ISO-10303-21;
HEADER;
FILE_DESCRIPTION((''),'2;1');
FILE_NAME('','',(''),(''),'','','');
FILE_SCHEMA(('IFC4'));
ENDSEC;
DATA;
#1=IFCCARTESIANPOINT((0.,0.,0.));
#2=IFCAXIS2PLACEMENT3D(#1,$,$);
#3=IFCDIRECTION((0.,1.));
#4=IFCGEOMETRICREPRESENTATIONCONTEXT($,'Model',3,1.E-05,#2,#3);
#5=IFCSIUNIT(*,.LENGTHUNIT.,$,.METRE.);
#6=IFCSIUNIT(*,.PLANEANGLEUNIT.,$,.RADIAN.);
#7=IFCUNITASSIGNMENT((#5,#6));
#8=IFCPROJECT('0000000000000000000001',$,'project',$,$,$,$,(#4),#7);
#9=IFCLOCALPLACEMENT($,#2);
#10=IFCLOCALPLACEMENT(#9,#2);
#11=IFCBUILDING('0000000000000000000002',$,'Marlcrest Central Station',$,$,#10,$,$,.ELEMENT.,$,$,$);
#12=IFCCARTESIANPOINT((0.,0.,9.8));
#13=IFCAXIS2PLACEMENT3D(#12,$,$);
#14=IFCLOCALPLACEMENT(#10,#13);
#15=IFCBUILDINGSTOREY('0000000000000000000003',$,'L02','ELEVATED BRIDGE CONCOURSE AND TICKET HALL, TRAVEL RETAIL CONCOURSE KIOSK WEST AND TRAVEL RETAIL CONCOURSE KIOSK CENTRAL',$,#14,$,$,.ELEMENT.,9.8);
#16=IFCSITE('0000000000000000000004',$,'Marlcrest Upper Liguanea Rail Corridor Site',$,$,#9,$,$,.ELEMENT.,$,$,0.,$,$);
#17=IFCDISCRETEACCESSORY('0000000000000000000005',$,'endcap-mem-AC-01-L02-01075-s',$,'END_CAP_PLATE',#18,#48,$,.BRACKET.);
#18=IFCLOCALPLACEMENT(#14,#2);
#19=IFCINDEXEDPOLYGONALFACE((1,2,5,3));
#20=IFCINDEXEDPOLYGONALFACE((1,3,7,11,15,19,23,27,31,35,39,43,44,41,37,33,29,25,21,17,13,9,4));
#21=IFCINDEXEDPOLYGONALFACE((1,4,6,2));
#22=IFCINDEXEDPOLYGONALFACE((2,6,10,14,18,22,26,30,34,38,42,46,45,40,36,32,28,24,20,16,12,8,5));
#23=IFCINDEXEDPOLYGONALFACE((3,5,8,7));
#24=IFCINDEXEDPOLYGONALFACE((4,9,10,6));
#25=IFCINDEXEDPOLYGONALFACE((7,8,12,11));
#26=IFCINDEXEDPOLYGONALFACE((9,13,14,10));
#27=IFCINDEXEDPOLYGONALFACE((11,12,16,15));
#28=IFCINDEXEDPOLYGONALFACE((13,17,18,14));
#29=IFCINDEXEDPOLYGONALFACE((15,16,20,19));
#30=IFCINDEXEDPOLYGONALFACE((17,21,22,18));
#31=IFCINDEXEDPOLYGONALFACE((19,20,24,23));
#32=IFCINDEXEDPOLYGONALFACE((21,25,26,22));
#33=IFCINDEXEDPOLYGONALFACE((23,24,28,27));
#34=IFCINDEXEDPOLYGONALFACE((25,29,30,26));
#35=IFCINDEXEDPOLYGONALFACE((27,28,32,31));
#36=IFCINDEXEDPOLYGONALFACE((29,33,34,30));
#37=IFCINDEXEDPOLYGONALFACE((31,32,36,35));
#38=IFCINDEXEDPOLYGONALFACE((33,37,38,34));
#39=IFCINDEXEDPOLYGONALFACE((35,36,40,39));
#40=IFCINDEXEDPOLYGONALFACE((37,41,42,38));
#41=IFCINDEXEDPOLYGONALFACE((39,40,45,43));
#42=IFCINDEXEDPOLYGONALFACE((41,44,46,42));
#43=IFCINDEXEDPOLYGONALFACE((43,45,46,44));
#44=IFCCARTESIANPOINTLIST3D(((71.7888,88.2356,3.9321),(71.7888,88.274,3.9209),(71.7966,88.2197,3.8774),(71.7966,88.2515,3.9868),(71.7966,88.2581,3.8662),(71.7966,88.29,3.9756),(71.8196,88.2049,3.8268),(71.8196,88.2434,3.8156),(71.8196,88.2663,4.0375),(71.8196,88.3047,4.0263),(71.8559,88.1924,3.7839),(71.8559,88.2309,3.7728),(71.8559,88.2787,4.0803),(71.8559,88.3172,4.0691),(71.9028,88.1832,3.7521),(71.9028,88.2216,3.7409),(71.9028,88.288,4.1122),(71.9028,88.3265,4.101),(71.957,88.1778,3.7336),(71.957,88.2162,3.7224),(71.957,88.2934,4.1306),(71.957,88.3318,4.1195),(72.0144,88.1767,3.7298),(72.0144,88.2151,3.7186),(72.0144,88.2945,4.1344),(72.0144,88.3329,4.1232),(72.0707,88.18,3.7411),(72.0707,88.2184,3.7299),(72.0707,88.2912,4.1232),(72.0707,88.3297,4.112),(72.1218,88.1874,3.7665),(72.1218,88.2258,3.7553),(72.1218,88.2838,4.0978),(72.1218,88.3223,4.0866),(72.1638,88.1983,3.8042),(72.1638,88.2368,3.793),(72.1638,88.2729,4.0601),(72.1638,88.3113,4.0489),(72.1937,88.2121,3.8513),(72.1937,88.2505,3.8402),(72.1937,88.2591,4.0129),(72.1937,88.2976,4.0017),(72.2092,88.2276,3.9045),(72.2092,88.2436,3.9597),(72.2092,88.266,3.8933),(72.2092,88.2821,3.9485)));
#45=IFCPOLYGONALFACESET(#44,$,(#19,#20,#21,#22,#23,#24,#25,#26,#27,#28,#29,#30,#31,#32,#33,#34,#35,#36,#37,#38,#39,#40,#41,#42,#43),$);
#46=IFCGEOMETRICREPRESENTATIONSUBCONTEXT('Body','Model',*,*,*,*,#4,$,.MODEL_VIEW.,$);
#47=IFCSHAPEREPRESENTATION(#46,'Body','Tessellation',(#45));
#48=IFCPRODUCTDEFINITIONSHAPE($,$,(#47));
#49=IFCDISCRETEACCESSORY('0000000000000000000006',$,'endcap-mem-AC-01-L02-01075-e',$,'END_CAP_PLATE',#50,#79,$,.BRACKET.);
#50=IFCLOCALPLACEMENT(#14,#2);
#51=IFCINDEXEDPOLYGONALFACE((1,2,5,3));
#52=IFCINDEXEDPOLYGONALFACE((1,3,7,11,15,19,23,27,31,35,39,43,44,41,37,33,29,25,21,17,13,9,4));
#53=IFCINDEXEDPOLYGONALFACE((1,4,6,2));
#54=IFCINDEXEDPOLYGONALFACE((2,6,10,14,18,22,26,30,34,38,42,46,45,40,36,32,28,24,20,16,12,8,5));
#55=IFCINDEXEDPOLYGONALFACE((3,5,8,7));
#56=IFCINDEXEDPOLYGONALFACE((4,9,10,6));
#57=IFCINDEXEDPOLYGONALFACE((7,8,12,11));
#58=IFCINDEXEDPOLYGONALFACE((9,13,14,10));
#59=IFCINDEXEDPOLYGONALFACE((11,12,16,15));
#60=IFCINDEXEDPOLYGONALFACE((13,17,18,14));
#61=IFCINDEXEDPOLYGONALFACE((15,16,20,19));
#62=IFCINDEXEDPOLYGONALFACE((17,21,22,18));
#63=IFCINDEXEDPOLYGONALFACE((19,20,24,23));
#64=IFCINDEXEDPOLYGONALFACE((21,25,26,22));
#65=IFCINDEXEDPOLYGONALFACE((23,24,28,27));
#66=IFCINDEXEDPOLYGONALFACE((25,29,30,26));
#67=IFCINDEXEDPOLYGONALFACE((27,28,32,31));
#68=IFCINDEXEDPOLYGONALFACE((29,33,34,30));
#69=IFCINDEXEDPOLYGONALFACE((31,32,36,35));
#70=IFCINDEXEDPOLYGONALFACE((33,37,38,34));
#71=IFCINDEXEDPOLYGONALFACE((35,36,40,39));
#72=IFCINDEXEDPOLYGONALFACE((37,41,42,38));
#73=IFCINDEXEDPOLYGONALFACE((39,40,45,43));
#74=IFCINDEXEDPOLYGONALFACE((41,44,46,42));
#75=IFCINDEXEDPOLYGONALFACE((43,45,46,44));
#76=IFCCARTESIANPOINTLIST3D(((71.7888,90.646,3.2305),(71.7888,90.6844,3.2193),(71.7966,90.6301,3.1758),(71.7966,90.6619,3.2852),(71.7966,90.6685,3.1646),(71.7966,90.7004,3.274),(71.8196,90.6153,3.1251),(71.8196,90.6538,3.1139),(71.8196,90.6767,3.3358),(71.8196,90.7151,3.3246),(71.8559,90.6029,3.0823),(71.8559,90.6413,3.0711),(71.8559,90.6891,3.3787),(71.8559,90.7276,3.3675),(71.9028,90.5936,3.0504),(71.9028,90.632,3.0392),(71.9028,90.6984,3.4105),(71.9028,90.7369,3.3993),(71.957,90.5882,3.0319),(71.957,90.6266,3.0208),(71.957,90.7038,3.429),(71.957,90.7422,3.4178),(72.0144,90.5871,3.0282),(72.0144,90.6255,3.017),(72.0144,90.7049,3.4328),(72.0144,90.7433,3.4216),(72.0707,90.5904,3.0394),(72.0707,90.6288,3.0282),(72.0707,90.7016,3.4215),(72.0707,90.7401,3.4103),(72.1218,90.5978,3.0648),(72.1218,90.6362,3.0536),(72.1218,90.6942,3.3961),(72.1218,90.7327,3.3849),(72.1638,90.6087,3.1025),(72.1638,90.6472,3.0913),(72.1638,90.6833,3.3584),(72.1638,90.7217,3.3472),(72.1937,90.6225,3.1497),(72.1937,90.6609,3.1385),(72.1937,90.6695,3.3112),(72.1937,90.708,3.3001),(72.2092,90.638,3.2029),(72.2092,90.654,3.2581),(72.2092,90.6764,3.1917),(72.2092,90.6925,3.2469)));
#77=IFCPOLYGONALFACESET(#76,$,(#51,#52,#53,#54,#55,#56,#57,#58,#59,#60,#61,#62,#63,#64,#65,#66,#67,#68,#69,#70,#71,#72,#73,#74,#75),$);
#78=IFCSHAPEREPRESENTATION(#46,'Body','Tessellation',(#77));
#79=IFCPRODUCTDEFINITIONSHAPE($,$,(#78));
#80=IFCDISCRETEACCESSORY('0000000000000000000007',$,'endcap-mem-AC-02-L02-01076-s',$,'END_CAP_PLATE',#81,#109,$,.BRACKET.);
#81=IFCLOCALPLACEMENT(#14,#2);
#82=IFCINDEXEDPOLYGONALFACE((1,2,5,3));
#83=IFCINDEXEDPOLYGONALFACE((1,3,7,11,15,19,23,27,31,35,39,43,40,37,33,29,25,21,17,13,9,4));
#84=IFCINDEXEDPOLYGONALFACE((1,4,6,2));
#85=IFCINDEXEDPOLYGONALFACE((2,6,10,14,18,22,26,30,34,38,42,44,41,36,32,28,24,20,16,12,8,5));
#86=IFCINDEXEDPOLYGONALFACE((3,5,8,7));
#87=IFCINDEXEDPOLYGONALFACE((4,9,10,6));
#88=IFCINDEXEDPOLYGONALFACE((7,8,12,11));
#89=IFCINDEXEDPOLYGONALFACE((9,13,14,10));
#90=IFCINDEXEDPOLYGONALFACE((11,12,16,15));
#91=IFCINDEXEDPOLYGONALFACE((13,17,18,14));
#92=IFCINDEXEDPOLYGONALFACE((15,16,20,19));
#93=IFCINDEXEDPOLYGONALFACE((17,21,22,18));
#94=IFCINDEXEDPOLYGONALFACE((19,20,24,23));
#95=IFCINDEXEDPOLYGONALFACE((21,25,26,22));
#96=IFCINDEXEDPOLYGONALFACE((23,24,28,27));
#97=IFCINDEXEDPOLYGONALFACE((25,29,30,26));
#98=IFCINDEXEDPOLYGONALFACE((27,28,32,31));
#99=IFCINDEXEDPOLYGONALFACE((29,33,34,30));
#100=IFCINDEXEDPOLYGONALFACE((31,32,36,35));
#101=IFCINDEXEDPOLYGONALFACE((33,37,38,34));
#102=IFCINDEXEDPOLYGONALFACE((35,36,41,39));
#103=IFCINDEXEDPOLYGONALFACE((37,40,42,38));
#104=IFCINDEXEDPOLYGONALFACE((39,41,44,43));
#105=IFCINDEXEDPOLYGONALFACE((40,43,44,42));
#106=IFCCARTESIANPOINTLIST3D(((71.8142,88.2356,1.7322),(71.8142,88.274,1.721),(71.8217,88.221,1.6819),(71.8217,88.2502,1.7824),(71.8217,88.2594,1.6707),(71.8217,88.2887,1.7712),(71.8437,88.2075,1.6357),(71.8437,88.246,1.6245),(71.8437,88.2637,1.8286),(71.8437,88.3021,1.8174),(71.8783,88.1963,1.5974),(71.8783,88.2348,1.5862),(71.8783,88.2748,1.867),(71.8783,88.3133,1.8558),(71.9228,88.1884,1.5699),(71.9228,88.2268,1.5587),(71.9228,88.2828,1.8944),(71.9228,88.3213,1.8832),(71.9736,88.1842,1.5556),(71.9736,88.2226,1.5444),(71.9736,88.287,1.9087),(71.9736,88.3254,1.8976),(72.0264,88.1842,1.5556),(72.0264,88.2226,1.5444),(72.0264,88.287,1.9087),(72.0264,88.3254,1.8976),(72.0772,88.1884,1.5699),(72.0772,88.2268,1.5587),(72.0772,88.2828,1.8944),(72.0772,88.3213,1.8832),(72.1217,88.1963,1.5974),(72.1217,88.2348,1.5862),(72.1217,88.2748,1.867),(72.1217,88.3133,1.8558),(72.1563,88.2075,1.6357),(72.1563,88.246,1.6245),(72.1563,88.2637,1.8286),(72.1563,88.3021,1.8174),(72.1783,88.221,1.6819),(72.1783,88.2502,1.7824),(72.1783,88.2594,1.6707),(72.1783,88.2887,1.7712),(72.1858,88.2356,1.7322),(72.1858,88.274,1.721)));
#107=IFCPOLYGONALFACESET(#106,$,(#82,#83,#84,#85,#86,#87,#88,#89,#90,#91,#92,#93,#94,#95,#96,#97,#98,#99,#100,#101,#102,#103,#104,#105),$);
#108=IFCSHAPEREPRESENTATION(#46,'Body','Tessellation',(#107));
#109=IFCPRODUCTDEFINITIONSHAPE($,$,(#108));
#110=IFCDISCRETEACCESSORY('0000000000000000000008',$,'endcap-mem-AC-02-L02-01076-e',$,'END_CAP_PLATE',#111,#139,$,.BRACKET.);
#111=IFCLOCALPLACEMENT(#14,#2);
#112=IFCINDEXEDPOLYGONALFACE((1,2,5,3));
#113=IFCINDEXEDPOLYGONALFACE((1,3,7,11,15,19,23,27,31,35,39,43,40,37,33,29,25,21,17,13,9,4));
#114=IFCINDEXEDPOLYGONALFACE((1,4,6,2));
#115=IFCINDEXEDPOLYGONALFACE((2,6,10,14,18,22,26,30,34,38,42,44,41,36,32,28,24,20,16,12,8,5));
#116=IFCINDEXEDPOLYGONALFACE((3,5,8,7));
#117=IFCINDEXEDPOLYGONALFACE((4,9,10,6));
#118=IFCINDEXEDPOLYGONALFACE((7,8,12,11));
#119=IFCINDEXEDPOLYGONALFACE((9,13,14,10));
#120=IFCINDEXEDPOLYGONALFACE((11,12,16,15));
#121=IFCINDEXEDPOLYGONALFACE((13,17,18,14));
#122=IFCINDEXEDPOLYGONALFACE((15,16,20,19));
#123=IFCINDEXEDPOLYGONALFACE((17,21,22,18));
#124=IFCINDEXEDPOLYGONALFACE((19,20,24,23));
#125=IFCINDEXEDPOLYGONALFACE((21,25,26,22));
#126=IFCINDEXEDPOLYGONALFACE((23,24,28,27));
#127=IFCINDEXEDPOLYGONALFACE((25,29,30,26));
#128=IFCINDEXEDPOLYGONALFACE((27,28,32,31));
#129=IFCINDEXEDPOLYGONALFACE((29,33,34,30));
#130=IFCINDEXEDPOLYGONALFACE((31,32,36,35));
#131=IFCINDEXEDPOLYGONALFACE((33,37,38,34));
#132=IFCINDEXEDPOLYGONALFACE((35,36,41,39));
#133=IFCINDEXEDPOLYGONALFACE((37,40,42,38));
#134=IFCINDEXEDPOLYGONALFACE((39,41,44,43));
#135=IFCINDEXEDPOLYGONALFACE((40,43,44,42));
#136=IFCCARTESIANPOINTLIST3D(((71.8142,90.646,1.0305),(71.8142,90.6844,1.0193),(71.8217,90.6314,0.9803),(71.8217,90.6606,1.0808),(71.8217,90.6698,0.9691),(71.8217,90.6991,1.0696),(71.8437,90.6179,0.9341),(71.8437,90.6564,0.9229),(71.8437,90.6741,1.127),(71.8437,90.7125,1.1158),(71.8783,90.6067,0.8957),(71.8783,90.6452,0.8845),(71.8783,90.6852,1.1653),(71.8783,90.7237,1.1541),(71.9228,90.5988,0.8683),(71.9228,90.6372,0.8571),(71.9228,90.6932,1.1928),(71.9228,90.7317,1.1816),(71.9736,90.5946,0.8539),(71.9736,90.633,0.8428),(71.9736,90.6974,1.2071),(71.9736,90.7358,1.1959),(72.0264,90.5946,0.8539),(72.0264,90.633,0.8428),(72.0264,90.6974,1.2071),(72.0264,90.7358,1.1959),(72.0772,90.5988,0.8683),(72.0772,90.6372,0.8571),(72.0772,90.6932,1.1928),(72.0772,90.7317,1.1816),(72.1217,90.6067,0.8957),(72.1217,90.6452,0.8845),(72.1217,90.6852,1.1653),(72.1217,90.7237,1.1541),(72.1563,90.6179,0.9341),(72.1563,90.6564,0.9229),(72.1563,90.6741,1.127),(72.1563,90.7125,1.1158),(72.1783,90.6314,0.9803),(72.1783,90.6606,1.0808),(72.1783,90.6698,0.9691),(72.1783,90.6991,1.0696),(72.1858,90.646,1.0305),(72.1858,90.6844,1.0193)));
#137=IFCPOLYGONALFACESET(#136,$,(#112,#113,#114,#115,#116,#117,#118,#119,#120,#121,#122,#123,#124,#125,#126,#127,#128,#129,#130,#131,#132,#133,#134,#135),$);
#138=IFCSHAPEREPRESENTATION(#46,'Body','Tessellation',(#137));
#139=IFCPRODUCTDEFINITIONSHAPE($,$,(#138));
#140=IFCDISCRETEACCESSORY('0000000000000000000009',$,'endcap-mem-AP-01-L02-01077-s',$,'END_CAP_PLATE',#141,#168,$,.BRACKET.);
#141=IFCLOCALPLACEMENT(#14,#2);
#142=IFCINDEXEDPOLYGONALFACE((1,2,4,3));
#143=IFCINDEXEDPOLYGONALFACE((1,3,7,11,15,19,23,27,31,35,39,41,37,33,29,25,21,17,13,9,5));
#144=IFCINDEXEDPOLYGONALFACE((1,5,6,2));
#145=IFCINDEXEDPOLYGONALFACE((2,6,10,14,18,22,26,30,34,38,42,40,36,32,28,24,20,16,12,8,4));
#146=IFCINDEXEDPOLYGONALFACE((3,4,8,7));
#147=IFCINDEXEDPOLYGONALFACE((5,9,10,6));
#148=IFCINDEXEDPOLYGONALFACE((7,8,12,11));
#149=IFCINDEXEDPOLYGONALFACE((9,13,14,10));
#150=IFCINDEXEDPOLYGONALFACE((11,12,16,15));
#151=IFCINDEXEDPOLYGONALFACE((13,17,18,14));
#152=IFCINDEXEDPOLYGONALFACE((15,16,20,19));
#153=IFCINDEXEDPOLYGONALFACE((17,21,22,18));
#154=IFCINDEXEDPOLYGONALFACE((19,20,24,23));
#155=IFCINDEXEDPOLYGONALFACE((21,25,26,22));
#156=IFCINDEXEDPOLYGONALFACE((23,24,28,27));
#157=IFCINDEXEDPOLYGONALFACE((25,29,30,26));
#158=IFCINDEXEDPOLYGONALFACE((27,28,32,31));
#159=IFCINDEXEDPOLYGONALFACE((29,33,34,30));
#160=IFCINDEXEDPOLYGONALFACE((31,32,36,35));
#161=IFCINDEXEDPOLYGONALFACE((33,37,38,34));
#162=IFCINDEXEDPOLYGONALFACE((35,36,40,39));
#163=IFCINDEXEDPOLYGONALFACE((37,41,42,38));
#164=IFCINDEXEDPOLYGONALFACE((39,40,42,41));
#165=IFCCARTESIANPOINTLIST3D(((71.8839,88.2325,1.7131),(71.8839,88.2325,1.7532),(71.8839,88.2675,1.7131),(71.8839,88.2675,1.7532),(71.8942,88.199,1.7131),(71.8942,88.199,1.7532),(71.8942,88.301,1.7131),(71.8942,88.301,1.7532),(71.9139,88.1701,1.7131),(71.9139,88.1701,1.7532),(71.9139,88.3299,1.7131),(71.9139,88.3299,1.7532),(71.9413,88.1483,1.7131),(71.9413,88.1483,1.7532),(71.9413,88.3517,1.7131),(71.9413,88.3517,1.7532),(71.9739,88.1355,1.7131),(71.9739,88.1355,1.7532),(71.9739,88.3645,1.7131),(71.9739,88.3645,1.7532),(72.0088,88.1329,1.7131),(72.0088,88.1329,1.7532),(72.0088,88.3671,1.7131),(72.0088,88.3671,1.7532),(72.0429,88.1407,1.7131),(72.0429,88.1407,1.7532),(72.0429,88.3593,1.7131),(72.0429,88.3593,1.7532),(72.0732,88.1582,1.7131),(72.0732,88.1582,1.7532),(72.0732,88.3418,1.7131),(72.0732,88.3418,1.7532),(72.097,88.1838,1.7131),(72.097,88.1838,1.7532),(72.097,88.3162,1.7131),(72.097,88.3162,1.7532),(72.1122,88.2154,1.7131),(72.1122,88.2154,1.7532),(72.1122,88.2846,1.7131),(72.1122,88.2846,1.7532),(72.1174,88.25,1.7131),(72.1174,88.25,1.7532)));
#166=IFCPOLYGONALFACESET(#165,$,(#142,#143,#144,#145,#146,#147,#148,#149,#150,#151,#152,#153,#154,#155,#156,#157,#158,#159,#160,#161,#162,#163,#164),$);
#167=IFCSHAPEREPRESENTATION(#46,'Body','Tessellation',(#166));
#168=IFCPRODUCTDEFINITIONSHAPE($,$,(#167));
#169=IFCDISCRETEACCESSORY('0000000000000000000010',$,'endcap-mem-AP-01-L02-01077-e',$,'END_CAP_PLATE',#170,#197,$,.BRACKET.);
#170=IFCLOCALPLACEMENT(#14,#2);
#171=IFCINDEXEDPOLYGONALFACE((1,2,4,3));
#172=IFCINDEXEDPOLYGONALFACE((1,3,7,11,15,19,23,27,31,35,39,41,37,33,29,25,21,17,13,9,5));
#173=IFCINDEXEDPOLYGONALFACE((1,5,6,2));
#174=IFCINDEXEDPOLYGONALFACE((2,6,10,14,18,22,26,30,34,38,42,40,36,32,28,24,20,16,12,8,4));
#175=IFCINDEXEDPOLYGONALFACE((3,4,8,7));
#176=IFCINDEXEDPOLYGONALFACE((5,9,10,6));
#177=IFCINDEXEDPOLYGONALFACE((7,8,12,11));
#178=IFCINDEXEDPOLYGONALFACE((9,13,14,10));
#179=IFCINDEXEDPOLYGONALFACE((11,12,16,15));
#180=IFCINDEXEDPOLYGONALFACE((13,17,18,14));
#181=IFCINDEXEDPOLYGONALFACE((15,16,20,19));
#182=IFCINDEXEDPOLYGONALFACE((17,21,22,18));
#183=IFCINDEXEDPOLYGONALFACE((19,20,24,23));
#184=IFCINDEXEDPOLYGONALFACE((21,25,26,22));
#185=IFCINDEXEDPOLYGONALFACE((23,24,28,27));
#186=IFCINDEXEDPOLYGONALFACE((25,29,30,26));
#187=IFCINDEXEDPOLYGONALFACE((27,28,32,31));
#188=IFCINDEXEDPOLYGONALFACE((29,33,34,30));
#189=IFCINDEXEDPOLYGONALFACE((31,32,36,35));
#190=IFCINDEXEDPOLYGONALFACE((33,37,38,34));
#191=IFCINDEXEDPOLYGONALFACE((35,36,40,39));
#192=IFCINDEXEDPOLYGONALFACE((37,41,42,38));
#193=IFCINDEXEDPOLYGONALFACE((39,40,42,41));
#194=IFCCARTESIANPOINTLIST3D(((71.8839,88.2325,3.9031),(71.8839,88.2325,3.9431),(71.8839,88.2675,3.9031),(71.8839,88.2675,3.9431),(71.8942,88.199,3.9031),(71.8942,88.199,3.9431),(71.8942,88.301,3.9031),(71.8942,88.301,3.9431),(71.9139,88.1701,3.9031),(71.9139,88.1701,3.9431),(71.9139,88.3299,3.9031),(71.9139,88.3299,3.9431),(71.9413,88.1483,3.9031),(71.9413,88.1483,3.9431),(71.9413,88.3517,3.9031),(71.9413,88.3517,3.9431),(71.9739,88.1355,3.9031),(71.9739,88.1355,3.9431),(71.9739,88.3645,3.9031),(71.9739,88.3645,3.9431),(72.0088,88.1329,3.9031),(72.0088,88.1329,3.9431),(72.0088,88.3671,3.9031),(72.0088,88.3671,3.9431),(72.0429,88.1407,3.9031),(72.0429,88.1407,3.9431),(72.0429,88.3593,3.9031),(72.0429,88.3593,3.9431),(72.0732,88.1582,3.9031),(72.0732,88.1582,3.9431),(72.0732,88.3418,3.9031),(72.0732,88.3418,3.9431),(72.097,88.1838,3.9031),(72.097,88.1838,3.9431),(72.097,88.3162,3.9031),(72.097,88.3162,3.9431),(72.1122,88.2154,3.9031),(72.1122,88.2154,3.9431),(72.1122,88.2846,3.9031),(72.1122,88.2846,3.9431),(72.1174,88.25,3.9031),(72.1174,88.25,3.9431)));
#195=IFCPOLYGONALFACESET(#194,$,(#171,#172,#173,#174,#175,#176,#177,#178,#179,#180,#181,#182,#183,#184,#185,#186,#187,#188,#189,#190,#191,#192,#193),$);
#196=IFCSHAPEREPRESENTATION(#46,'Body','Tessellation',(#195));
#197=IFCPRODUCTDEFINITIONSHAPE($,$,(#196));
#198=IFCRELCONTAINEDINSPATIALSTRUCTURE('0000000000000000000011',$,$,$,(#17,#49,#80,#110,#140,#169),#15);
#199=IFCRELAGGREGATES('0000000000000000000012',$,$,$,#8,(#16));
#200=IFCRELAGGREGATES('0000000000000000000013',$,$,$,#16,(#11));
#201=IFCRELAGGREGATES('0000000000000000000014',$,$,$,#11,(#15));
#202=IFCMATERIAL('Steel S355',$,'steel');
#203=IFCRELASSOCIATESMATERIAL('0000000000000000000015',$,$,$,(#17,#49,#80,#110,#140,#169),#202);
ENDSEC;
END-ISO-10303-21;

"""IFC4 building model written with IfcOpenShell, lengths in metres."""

from ifc_helpers import new_model, si_unit, direction, frame, origin, origin_2d, place, context, subcontext, project, spatial, circle, extrude, material, element, save


model = new_model("IFC4")

# Units and contexts
model_context = context("Model", 3, precision=1e-05, world=origin(), true_north=direction((0.0, 1.0)))
body_context = subcontext(model_context, "Body", "Model", "MODEL_VIEW")
ifc_project = project(units=[si_unit("LENGTHUNIT", "METRE"), si_unit("PLANEANGLEUNIT", "RADIAN")], contexts=[model_context])

# Site, building, storey
site_placement = place(None, origin())
site = spatial("IfcSite", under=ifc_project, at=site_placement, Name="Marlcrest Upper Liguanea Rail Corridor Site", CompositionType="ELEMENT", RefElevation=0.0)
building_placement = place(site_placement, origin())
building = spatial("IfcBuilding", under=site, at=building_placement, Name="Marlcrest Central Station", CompositionType="ELEMENT")
storey_placement = place(building_placement, frame((0.0, 0.0, 9.8)))
storey = spatial("IfcBuildingStorey", under=building, at=storey_placement, Name="L02", Description="ELEVATED BRIDGE CONCOURSE AND TICKET HALL, TRAVEL RETAIL CONCOURSE KIOSK WEST AND TRAVEL RETAIL CONCOURSE KIOSK CENTRAL", CompositionType="ELEMENT", Elevation=9.8)

# Shared definitions
ifc_material = material(Name="Steel S355", Category="steel")

# Discrete accessories
for number, where, z_axis, x_axis, name in (
    (1, (72.0, 88.2356, 3.9321), (0.0, 0.96013, -0.279554), (-1.0, 0.0, 0.0), "endcap-mem-AC-01-L02-01075-s"),
    (2, (72.0, 90.646, 3.2305), (0.0, 0.96013, -0.279554), (-1.0, 0.0, 0.0), "endcap-mem-AC-01-L02-01075-e"),
):
    element("IfcDiscreteAccessory", number, at=place(storey_placement, frame(where, z_axis=z_axis, x_axis=x_axis)), inside=storey, material=ifc_material, Name=name, ObjectType="END_CAP_PLATE", PredefinedType="BRACKET", context=body_context, shape_type="SweptSolid", body=[
        extrude(circle(Radius=0.2112, at=origin_2d()), origin(), (0.0, 0.0, 1.0), 0.04),
    ])
for number, where, z_axis, x_axis, name in (
    (3, (72.0, 88.2356, 1.7322), (0.0, 0.96013, -0.279554), (-1.0, 0.0, 0.0), "endcap-mem-AC-02-L02-01076-s"),
    (4, (72.0, 90.646, 1.0305), (0.0, 0.96013, -0.279554), (-1.0, 0.0, 0.0), "endcap-mem-AC-02-L02-01076-e"),
):
    element("IfcDiscreteAccessory", number, at=place(storey_placement, frame(where, z_axis=z_axis, x_axis=x_axis)), inside=storey, material=ifc_material, Name=name, ObjectType="END_CAP_PLATE", PredefinedType="BRACKET", context=body_context, shape_type="SweptSolid", body=[
        extrude(circle(Radius=0.1858, at=origin_2d()), origin(), (0.0, 0.0, 1.0), 0.04),
    ])
for number, where, z_axis, x_axis, name in (
    (5, (72.0, 88.25, 1.7131), (0.0, 0.0, 1.0), (1.0, 0.0, 0.0), "endcap-mem-AP-01-L02-01077-s"),
    (6, (72.0, 88.25, 3.9031), (0.0, 0.0, 1.0), (1.0, 0.0, 0.0), "endcap-mem-AP-01-L02-01077-e"),
):
    element("IfcDiscreteAccessory", number, at=place(storey_placement, frame(where, z_axis=z_axis, x_axis=x_axis)), inside=storey, material=ifc_material, Name=name, ObjectType="END_CAP_PLATE", PredefinedType="BRACKET", context=body_context, shape_type="SweptSolid", body=[
        extrude(circle(Radius=0.1174, at=origin_2d()), origin(), (0.0, 0.0, 1.0), 0.04),
    ])

save(model, "model.ifc")
